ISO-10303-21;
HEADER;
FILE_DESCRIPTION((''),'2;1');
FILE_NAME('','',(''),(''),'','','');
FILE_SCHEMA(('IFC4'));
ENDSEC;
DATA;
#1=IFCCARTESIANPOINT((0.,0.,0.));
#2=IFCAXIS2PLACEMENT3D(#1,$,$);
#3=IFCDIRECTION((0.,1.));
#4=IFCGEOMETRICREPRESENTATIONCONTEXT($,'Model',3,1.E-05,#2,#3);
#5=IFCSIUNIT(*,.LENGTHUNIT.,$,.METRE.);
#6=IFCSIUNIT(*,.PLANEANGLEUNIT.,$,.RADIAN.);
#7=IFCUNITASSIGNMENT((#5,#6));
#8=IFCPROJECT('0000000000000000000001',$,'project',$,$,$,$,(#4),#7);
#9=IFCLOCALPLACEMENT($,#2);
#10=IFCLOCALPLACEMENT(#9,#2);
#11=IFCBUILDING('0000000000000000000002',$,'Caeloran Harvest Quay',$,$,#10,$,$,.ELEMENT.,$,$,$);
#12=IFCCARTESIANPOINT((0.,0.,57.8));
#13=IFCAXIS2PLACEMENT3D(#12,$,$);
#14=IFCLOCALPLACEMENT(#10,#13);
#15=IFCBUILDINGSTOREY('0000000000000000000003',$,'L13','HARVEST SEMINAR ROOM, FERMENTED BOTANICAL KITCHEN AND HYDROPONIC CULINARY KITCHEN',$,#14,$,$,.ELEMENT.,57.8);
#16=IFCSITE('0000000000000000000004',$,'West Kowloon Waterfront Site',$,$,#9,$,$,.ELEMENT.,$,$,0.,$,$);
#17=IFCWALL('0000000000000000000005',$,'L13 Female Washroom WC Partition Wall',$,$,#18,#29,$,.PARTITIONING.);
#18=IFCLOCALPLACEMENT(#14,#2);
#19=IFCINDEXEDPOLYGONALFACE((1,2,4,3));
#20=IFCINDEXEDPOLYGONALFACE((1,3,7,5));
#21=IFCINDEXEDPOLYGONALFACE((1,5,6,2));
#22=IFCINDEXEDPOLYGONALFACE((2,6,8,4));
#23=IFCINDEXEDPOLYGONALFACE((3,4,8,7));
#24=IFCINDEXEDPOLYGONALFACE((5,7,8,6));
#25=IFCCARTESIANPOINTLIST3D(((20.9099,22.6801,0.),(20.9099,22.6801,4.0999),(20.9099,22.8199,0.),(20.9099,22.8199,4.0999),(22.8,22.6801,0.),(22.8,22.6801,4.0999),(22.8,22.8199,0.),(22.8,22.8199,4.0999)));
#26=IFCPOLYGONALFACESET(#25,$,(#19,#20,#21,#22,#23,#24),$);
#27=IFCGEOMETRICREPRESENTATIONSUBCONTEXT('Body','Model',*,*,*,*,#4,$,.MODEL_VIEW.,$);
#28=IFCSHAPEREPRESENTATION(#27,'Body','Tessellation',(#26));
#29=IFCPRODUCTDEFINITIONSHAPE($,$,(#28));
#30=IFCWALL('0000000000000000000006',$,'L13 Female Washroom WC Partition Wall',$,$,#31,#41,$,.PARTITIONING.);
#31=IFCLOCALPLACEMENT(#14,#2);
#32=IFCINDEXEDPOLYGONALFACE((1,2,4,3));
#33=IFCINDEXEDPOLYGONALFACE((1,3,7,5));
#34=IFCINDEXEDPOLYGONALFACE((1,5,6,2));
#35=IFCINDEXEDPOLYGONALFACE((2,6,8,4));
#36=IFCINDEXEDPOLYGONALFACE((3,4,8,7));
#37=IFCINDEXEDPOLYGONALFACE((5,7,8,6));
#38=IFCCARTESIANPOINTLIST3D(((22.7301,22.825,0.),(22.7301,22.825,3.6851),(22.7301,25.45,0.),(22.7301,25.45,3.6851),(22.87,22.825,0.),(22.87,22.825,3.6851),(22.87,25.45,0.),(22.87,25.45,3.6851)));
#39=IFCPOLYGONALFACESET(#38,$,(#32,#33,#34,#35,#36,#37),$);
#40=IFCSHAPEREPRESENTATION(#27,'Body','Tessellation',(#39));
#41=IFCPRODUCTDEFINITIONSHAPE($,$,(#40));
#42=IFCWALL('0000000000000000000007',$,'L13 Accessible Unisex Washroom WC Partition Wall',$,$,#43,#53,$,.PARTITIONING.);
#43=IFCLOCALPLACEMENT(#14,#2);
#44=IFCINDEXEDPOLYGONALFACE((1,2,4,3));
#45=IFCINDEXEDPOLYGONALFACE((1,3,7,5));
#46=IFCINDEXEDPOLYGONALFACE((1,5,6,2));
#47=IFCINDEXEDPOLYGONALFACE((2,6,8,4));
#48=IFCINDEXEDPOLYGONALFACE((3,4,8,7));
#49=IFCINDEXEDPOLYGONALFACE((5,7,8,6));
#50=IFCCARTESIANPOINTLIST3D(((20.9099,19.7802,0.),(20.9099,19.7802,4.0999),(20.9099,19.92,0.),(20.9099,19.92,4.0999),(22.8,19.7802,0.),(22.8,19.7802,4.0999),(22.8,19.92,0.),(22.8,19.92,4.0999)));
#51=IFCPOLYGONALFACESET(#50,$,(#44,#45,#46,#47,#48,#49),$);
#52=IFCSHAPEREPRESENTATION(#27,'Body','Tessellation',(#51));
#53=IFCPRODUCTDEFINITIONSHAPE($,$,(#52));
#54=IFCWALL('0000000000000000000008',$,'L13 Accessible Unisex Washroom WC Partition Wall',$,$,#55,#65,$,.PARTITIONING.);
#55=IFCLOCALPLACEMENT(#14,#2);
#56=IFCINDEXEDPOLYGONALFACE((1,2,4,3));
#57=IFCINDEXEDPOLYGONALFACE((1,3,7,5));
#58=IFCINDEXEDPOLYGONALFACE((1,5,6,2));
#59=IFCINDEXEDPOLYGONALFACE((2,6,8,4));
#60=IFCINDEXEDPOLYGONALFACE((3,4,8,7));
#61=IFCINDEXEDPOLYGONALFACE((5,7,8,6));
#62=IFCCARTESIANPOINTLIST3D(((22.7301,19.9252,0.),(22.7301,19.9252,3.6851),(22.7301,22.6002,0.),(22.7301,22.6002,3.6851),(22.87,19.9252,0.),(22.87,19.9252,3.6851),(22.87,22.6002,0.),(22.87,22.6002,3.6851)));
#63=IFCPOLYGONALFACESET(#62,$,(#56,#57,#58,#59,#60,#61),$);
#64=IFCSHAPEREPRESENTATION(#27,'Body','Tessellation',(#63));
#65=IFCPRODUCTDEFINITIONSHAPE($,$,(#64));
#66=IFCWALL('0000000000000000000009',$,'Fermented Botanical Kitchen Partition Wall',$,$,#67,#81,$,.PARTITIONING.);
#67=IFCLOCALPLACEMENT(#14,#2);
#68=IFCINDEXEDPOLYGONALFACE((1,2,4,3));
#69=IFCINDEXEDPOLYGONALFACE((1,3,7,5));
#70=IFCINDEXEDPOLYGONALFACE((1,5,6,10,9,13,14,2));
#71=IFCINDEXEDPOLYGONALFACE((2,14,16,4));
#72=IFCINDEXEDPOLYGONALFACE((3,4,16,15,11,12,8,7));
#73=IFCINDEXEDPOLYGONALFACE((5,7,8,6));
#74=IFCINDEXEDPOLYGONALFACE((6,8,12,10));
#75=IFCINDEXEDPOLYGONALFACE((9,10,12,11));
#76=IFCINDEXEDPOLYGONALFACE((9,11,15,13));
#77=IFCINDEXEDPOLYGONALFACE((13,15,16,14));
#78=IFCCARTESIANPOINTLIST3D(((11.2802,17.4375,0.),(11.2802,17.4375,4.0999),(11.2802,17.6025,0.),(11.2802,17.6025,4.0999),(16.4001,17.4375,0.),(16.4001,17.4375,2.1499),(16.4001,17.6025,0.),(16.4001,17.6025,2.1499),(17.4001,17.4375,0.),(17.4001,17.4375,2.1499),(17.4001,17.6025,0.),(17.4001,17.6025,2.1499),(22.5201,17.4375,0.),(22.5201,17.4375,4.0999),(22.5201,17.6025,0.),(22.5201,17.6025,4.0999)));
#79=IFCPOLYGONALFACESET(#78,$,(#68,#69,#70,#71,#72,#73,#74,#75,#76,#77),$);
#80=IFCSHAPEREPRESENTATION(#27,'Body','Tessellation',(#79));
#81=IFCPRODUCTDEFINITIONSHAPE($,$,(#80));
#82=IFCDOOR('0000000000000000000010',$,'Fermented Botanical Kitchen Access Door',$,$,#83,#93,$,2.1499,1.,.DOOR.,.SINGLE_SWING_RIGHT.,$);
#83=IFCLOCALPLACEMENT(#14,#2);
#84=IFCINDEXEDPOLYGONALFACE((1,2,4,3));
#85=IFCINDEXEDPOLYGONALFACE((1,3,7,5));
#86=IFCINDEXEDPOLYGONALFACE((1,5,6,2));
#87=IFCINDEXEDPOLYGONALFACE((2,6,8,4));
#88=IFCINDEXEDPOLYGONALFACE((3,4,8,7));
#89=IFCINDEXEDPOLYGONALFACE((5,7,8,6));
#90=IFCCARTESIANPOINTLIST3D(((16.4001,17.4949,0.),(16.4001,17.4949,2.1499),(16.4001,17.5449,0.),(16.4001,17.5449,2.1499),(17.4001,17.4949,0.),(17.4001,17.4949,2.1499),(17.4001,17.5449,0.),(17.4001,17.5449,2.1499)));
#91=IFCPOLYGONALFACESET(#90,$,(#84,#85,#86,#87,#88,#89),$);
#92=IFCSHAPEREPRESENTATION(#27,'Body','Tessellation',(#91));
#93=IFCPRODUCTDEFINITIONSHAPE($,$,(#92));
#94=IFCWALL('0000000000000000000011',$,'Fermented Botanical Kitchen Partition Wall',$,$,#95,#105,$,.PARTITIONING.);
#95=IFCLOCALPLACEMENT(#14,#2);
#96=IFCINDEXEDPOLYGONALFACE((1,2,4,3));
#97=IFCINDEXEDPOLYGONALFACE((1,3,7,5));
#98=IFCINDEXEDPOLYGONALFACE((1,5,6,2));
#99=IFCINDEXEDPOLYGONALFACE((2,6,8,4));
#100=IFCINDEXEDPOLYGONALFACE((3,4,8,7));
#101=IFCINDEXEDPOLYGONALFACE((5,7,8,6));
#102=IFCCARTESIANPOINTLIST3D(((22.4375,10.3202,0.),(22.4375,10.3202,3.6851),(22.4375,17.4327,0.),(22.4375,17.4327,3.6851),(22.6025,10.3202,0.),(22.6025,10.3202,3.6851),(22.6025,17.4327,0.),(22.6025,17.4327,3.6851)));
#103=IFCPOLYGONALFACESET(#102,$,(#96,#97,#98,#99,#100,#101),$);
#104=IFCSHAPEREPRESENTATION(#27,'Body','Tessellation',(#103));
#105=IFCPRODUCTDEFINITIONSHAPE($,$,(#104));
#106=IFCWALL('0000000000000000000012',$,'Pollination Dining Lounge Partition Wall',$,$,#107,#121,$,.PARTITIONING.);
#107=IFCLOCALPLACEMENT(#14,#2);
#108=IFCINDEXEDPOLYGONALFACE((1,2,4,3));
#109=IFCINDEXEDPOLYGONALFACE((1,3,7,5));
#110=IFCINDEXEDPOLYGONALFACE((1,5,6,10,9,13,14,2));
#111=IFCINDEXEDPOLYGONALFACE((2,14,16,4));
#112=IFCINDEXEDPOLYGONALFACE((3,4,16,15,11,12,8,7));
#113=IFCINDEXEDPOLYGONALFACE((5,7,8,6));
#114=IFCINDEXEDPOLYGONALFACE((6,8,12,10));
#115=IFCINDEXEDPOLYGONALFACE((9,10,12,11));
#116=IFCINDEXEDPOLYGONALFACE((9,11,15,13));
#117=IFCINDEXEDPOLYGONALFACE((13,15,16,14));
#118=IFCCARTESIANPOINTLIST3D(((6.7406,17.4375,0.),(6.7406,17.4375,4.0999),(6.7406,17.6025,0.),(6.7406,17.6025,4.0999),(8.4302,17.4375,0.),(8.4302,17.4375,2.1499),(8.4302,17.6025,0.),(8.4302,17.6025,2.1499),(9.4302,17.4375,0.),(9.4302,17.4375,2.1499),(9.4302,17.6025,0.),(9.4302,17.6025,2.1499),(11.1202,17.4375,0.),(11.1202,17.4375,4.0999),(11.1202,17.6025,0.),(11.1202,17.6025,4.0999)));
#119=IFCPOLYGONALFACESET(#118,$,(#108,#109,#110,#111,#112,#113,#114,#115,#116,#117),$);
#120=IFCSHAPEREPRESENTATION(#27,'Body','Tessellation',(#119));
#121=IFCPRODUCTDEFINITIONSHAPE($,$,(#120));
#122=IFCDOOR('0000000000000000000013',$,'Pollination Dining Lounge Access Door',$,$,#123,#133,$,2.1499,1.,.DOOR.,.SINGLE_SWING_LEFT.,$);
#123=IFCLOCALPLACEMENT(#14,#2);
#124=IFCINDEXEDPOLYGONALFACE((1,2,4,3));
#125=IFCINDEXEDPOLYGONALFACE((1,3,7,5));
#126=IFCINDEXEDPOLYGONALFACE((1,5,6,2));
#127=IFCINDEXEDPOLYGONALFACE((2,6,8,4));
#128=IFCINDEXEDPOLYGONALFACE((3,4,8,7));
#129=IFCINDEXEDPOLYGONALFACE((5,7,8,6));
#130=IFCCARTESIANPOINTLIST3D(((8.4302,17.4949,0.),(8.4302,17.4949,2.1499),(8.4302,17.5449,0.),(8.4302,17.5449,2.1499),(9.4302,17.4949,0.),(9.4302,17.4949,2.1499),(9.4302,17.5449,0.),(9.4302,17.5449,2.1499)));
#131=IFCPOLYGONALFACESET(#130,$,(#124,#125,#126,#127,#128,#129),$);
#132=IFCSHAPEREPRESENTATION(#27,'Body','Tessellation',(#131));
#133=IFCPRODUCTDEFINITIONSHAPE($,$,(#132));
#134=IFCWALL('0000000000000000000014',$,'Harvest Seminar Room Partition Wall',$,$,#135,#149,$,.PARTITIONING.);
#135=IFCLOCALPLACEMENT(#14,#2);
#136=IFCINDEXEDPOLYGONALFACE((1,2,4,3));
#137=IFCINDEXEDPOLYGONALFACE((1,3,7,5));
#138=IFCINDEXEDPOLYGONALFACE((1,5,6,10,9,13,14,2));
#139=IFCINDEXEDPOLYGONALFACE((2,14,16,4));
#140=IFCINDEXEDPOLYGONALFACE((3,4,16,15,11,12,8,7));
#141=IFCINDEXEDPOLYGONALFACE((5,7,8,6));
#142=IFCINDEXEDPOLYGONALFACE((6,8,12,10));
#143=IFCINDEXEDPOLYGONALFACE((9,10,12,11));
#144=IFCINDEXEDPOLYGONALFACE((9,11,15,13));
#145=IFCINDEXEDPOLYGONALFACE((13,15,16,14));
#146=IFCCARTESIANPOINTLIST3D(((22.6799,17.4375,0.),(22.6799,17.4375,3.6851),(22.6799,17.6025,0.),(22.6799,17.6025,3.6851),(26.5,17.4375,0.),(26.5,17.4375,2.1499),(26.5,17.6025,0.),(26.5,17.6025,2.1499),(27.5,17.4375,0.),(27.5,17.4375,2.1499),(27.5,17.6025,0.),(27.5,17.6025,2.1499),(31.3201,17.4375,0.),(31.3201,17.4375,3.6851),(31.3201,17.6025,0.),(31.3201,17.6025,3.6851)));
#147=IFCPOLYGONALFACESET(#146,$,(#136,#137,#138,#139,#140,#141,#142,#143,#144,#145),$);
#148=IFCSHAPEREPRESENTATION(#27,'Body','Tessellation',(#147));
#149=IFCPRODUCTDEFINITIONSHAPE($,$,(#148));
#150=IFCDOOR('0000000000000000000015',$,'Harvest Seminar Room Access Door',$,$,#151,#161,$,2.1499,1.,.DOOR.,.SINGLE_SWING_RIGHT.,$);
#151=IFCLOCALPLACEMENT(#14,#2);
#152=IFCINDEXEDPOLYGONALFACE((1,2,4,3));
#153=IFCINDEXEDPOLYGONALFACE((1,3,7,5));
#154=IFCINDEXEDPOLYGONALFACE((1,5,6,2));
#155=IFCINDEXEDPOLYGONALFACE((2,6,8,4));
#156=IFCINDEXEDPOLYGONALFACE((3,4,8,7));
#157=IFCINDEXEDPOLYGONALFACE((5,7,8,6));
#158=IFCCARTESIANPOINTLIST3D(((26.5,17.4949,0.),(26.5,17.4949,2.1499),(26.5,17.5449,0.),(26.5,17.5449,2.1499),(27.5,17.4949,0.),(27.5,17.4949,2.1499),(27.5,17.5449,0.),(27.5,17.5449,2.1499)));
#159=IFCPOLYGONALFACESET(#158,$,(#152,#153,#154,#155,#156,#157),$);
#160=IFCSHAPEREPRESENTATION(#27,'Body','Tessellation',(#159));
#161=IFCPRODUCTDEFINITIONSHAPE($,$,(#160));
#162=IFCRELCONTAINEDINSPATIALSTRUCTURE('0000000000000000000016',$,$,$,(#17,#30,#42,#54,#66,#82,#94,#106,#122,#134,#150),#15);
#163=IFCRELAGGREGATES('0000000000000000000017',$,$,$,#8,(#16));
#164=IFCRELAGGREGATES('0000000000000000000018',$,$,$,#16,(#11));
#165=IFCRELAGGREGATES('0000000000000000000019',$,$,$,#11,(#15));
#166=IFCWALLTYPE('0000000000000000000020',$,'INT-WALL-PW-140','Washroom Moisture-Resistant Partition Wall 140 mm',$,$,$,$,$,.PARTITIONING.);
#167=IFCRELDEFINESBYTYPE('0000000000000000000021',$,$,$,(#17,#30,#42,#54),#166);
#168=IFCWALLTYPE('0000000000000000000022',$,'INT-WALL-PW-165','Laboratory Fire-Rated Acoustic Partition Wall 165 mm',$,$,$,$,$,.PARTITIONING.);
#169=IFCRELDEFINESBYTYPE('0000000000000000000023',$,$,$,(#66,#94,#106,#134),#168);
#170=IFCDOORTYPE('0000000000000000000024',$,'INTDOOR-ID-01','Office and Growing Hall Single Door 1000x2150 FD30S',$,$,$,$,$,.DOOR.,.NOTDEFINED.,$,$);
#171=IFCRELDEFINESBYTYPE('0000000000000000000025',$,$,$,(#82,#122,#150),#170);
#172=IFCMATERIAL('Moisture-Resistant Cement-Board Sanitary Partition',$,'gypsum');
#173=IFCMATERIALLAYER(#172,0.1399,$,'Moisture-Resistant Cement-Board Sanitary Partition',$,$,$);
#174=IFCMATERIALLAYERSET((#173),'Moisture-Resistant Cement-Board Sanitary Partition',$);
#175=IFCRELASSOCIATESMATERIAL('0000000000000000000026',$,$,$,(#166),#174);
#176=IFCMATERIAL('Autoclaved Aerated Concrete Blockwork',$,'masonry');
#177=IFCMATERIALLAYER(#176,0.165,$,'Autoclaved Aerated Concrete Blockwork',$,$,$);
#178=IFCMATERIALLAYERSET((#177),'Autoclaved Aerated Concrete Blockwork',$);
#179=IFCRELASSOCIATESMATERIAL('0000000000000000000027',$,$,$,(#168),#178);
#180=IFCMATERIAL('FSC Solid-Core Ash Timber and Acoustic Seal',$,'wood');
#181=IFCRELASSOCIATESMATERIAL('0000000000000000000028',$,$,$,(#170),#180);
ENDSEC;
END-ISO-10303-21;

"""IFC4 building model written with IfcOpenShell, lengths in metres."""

from ifc_helpers import new_model, si_unit, direction, frame, frame_2d, origin, place, context, subcontext, project, spatial, rectangle, extrude, material, layer, layer_set, type_object, element, fill, save


model = new_model("IFC4")

# Units and contexts
model_context = context("Model", 3, precision=1e-05, world=origin(), true_north=direction((0.0, 1.0)))
body_context = subcontext(model_context, "Body", "Model", "MODEL_VIEW")
ifc_project = project(units=[si_unit("LENGTHUNIT", "METRE"), si_unit("PLANEANGLEUNIT", "RADIAN")], contexts=[model_context])

# Site, building, storey
site_placement = place(None, origin())
site = spatial("IfcSite", under=ifc_project, at=site_placement, Name="West Kowloon Waterfront Site", CompositionType="ELEMENT", RefElevation=0.0)
building_placement = place(site_placement, origin())
building = spatial("IfcBuilding", under=site, at=building_placement, Name="Caeloran Harvest Quay", CompositionType="ELEMENT")
storey_placement = place(building_placement, frame((0.0, 0.0, 57.8)))
storey = spatial("IfcBuildingStorey", under=building, at=storey_placement, Name="L13", Description="HARVEST SEMINAR ROOM, FERMENTED BOTANICAL KITCHEN AND HYDROPONIC CULINARY KITCHEN", CompositionType="ELEMENT", Elevation=57.8)

# Shared definitions
ifc_material_1 = material(Name="Moisture-Resistant Cement-Board Sanitary Partition", Category="gypsum")
ifc_layer_1 = layer(ifc_material_1, 0.1399, Name="Moisture-Resistant Cement-Board Sanitary Partition")
ifc_layer_set_1 = layer_set([ifc_layer_1], Name="Moisture-Resistant Cement-Board Sanitary Partition")
wall_type_1 = type_object("IfcWallType", Name="INT-WALL-PW-140", Description="Washroom Moisture-Resistant Partition Wall 140 mm", PredefinedType="PARTITIONING", material=ifc_layer_set_1)

# Wall
wall_1_placement = place(storey_placement, frame((22.8, 22.75, 0.0), z_axis=(0.0, 0.0, 1.0), x_axis=(-1.0, 0.0, 0.0)))
element("IfcWall", 1, at=wall_1_placement, inside=storey, type_object=wall_type_1, Name="L13 Female Washroom WC Partition Wall", PredefinedType="PARTITIONING", context=body_context, shape_type="SweptSolid", body=[
    extrude(rectangle(XDim=1.8901, YDim=0.1399, at=frame_2d((0.9451, 0.0))), origin(), (0.0, 0.0, 1.0), 4.0999),
])

# Walls
wall_2_placement = place(storey_placement, frame((22.8, 25.45, 0.0), z_axis=(0.0, 0.0, 1.0), x_axis=(0.0, -1.0, 0.0)))
element("IfcWall", 2, at=wall_2_placement, inside=storey, type_object=wall_type_1, Name="L13 Female Washroom WC Partition Wall", PredefinedType="PARTITIONING", context=body_context, shape_type="SweptSolid", body=[
    extrude(rectangle(XDim=2.625, YDim=0.1399, at=frame_2d((1.3125, 0.0))), origin(), (0.0, 0.0, 1.0), 3.6851),
])
wall_3_placement = place(storey_placement, frame((22.8, 19.8501, 0.0), z_axis=(0.0, 0.0, 1.0), x_axis=(-1.0, 0.0, 0.0)))
element("IfcWall", 3, at=wall_3_placement, inside=storey, type_object=wall_type_1, Name="L13 Accessible Unisex Washroom WC Partition Wall", PredefinedType="PARTITIONING", context=body_context, shape_type="SweptSolid", body=[
    extrude(rectangle(XDim=1.8901, YDim=0.1399, at=frame_2d((0.9451, 0.0))), origin(), (0.0, 0.0, 1.0), 4.0999),
])

# Wall
wall_4_placement = place(storey_placement, frame((22.8, 22.6001, 0.0), z_axis=(0.0, 0.0, 1.0), x_axis=(0.0, -1.0, 0.0)))
element("IfcWall", 4, at=wall_4_placement, inside=storey, type_object=wall_type_1, Name="L13 Accessible Unisex Washroom WC Partition Wall", PredefinedType="PARTITIONING", context=body_context, shape_type="SweptSolid", body=[
    extrude(rectangle(XDim=2.675, YDim=0.1399, at=frame_2d((1.3374, 0.0))), origin(), (0.0, 0.0, 1.0), 3.6851),
])

# Wall, opening, door
ifc_material_2 = material(Name="Autoclaved Aerated Concrete Blockwork", Category="masonry")
ifc_layer_2 = layer(ifc_material_2, 0.165, Name="Autoclaved Aerated Concrete Blockwork")
ifc_layer_set_2 = layer_set([ifc_layer_2], Name="Autoclaved Aerated Concrete Blockwork")
wall_type_2 = type_object("IfcWallType", Name="INT-WALL-PW-165", Description="Laboratory Fire-Rated Acoustic Partition Wall 165 mm", PredefinedType="PARTITIONING", material=ifc_layer_set_2)
wall_5_placement = place(storey_placement, frame((11.28, 17.52, 0.0), z_axis=(0.0, 0.0, 1.0), x_axis=(1.0, 0.0, 0.0)))
wall_5 = element("IfcWall", 5, at=wall_5_placement, inside=storey, type_object=wall_type_2, Name="Fermented Botanical Kitchen Partition Wall", PredefinedType="PARTITIONING", context=body_context, shape_type="SweptSolid", body=[
    extrude(rectangle(XDim=11.24, YDim=0.165, at=frame_2d((5.6201, 0.0))), origin(), (0.0, 0.0, 1.0), 4.0999),
])
opening_1_placement = place(wall_5_placement, frame((5.1201, 0.0, 0.0)))
opening_1 = element("IfcOpeningElement", 6, at=opening_1_placement, cuts=wall_5, PredefinedType="OPENING", context=body_context, shape_type="SweptSolid", body=[
    extrude(rectangle(XDim=1.0, YDim=2.1499, at=frame_2d((0.5, 1.075))), frame((0.0, 0.0925, 0.0), z_axis=(0.0, -1.0, 0.0), x_axis=(1.0, 0.0, 0.0)), (0.0, 0.0, 1.0), 0.1851),
])
ifc_material_3 = material(Name="FSC Solid-Core Ash Timber and Acoustic Seal", Category="wood")
door_type_1 = type_object("IfcDoorType", Name="INTDOOR-ID-01", Description="Office and Growing Hall Single Door 1000x2150 FD30S", OperationType="NOTDEFINED", PredefinedType="DOOR", material=ifc_material_3)
door_1_placement = place(opening_1_placement, origin())
door_1 = element("IfcDoor", 7, at=door_1_placement, inside=storey, type_object=door_type_1, Name="Fermented Botanical Kitchen Access Door", OperationType="SINGLE_SWING_RIGHT", OverallHeight=2.1499, OverallWidth=1.0, PredefinedType="DOOR", context=body_context, shape_type="SweptSolid", body=[
    extrude(rectangle(XDim=1.0, YDim=2.1499, at=frame_2d((0.5, 1.075))), frame((0.0, 0.0249, 0.0), z_axis=(0.0, -1.0, 0.0), x_axis=(1.0, 0.0, 0.0)), (0.0, 0.0, 1.0), 0.05),
])
fill(opening_1, door_1)

# Wall
wall_6_placement = place(storey_placement, frame((22.52, 17.4326, 0.0), z_axis=(0.0, 0.0, 1.0), x_axis=(0.0, -1.0, 0.0)))
element("IfcWall", 8, at=wall_6_placement, inside=storey, type_object=wall_type_2, Name="Fermented Botanical Kitchen Partition Wall", PredefinedType="PARTITIONING", context=body_context, shape_type="SweptSolid", body=[
    extrude(rectangle(XDim=7.1125, YDim=0.165, at=frame_2d((3.5562, 0.0))), origin(), (0.0, 0.0, 1.0), 3.6851),
])

# Walls, openings, doors
wall_7_placement = place(storey_placement, frame((6.7405, 17.52, 0.0), z_axis=(0.0, 0.0, 1.0), x_axis=(1.0, 0.0, 0.0)))
wall_7 = element("IfcWall", 9, at=wall_7_placement, inside=storey, type_object=wall_type_2, Name="Pollination Dining Lounge Partition Wall", PredefinedType="PARTITIONING", context=body_context, shape_type="SweptSolid", body=[
    extrude(rectangle(XDim=4.3796, YDim=0.165, at=frame_2d((2.1899, 0.0))), origin(), (0.0, 0.0, 1.0), 4.0999),
])
opening_2_placement = place(wall_7_placement, frame((1.6897, 0.0, 0.0)))
opening_2 = element("IfcOpeningElement", 10, at=opening_2_placement, cuts=wall_7, PredefinedType="OPENING", context=body_context, shape_type="SweptSolid", body=[
    extrude(rectangle(XDim=1.0, YDim=2.1499, at=frame_2d((0.5, 1.075))), frame((0.0, 0.0925, 0.0), z_axis=(0.0, -1.0, 0.0), x_axis=(1.0, 0.0, 0.0)), (0.0, 0.0, 1.0), 0.1851),
])
door_2_placement = place(opening_2_placement, origin())
door_2 = element("IfcDoor", 11, at=door_2_placement, inside=storey, type_object=door_type_1, Name="Pollination Dining Lounge Access Door", OperationType="SINGLE_SWING_LEFT", OverallHeight=2.1499, OverallWidth=1.0, PredefinedType="DOOR", context=body_context, shape_type="SweptSolid", body=[
    extrude(rectangle(XDim=1.0, YDim=2.1499, at=frame_2d((0.5, 1.075))), frame((0.0, 0.0249, 0.0), z_axis=(0.0, -1.0, 0.0), x_axis=(1.0, 0.0, 0.0)), (0.0, 0.0, 1.0), 0.05),
])
fill(opening_2, door_2)
wall_8_placement = place(storey_placement, frame((22.6799, 17.52, 0.0), z_axis=(0.0, 0.0, 1.0), x_axis=(1.0, 0.0, 0.0)))
wall_8 = element("IfcWall", 12, at=wall_8_placement, inside=storey, type_object=wall_type_2, Name="Harvest Seminar Room Partition Wall", PredefinedType="PARTITIONING", context=body_context, shape_type="SweptSolid", body=[
    extrude(rectangle(XDim=8.6401, YDim=0.165, at=frame_2d((4.3201, 0.0))), origin(), (0.0, 0.0, 1.0), 3.6851),
])
opening_3_placement = place(wall_8_placement, frame((3.8201, 0.0, 0.0)))
opening_3 = element("IfcOpeningElement", 13, at=opening_3_placement, cuts=wall_8, PredefinedType="OPENING", context=body_context, shape_type="SweptSolid", body=[
    extrude(rectangle(XDim=1.0, YDim=2.1499, at=frame_2d((0.5, 1.075))), frame((0.0, 0.0925, 0.0), z_axis=(0.0, -1.0, 0.0), x_axis=(1.0, 0.0, 0.0)), (0.0, 0.0, 1.0), 0.1851),
])
door_3_placement = place(opening_3_placement, origin())
door_3 = element("IfcDoor", 14, at=door_3_placement, inside=storey, type_object=door_type_1, Name="Harvest Seminar Room Access Door", OperationType="SINGLE_SWING_RIGHT", OverallHeight=2.1499, OverallWidth=1.0, PredefinedType="DOOR", context=body_context, shape_type="SweptSolid", body=[
    extrude(rectangle(XDim=1.0, YDim=2.1499, at=frame_2d((0.5, 1.075))), frame((0.0, 0.0249, 0.0), z_axis=(0.0, -1.0, 0.0), x_axis=(1.0, 0.0, 0.0)), (0.0, 0.0, 1.0), 0.05),
])
fill(opening_3, door_3)

save(model, "model.ifc")
